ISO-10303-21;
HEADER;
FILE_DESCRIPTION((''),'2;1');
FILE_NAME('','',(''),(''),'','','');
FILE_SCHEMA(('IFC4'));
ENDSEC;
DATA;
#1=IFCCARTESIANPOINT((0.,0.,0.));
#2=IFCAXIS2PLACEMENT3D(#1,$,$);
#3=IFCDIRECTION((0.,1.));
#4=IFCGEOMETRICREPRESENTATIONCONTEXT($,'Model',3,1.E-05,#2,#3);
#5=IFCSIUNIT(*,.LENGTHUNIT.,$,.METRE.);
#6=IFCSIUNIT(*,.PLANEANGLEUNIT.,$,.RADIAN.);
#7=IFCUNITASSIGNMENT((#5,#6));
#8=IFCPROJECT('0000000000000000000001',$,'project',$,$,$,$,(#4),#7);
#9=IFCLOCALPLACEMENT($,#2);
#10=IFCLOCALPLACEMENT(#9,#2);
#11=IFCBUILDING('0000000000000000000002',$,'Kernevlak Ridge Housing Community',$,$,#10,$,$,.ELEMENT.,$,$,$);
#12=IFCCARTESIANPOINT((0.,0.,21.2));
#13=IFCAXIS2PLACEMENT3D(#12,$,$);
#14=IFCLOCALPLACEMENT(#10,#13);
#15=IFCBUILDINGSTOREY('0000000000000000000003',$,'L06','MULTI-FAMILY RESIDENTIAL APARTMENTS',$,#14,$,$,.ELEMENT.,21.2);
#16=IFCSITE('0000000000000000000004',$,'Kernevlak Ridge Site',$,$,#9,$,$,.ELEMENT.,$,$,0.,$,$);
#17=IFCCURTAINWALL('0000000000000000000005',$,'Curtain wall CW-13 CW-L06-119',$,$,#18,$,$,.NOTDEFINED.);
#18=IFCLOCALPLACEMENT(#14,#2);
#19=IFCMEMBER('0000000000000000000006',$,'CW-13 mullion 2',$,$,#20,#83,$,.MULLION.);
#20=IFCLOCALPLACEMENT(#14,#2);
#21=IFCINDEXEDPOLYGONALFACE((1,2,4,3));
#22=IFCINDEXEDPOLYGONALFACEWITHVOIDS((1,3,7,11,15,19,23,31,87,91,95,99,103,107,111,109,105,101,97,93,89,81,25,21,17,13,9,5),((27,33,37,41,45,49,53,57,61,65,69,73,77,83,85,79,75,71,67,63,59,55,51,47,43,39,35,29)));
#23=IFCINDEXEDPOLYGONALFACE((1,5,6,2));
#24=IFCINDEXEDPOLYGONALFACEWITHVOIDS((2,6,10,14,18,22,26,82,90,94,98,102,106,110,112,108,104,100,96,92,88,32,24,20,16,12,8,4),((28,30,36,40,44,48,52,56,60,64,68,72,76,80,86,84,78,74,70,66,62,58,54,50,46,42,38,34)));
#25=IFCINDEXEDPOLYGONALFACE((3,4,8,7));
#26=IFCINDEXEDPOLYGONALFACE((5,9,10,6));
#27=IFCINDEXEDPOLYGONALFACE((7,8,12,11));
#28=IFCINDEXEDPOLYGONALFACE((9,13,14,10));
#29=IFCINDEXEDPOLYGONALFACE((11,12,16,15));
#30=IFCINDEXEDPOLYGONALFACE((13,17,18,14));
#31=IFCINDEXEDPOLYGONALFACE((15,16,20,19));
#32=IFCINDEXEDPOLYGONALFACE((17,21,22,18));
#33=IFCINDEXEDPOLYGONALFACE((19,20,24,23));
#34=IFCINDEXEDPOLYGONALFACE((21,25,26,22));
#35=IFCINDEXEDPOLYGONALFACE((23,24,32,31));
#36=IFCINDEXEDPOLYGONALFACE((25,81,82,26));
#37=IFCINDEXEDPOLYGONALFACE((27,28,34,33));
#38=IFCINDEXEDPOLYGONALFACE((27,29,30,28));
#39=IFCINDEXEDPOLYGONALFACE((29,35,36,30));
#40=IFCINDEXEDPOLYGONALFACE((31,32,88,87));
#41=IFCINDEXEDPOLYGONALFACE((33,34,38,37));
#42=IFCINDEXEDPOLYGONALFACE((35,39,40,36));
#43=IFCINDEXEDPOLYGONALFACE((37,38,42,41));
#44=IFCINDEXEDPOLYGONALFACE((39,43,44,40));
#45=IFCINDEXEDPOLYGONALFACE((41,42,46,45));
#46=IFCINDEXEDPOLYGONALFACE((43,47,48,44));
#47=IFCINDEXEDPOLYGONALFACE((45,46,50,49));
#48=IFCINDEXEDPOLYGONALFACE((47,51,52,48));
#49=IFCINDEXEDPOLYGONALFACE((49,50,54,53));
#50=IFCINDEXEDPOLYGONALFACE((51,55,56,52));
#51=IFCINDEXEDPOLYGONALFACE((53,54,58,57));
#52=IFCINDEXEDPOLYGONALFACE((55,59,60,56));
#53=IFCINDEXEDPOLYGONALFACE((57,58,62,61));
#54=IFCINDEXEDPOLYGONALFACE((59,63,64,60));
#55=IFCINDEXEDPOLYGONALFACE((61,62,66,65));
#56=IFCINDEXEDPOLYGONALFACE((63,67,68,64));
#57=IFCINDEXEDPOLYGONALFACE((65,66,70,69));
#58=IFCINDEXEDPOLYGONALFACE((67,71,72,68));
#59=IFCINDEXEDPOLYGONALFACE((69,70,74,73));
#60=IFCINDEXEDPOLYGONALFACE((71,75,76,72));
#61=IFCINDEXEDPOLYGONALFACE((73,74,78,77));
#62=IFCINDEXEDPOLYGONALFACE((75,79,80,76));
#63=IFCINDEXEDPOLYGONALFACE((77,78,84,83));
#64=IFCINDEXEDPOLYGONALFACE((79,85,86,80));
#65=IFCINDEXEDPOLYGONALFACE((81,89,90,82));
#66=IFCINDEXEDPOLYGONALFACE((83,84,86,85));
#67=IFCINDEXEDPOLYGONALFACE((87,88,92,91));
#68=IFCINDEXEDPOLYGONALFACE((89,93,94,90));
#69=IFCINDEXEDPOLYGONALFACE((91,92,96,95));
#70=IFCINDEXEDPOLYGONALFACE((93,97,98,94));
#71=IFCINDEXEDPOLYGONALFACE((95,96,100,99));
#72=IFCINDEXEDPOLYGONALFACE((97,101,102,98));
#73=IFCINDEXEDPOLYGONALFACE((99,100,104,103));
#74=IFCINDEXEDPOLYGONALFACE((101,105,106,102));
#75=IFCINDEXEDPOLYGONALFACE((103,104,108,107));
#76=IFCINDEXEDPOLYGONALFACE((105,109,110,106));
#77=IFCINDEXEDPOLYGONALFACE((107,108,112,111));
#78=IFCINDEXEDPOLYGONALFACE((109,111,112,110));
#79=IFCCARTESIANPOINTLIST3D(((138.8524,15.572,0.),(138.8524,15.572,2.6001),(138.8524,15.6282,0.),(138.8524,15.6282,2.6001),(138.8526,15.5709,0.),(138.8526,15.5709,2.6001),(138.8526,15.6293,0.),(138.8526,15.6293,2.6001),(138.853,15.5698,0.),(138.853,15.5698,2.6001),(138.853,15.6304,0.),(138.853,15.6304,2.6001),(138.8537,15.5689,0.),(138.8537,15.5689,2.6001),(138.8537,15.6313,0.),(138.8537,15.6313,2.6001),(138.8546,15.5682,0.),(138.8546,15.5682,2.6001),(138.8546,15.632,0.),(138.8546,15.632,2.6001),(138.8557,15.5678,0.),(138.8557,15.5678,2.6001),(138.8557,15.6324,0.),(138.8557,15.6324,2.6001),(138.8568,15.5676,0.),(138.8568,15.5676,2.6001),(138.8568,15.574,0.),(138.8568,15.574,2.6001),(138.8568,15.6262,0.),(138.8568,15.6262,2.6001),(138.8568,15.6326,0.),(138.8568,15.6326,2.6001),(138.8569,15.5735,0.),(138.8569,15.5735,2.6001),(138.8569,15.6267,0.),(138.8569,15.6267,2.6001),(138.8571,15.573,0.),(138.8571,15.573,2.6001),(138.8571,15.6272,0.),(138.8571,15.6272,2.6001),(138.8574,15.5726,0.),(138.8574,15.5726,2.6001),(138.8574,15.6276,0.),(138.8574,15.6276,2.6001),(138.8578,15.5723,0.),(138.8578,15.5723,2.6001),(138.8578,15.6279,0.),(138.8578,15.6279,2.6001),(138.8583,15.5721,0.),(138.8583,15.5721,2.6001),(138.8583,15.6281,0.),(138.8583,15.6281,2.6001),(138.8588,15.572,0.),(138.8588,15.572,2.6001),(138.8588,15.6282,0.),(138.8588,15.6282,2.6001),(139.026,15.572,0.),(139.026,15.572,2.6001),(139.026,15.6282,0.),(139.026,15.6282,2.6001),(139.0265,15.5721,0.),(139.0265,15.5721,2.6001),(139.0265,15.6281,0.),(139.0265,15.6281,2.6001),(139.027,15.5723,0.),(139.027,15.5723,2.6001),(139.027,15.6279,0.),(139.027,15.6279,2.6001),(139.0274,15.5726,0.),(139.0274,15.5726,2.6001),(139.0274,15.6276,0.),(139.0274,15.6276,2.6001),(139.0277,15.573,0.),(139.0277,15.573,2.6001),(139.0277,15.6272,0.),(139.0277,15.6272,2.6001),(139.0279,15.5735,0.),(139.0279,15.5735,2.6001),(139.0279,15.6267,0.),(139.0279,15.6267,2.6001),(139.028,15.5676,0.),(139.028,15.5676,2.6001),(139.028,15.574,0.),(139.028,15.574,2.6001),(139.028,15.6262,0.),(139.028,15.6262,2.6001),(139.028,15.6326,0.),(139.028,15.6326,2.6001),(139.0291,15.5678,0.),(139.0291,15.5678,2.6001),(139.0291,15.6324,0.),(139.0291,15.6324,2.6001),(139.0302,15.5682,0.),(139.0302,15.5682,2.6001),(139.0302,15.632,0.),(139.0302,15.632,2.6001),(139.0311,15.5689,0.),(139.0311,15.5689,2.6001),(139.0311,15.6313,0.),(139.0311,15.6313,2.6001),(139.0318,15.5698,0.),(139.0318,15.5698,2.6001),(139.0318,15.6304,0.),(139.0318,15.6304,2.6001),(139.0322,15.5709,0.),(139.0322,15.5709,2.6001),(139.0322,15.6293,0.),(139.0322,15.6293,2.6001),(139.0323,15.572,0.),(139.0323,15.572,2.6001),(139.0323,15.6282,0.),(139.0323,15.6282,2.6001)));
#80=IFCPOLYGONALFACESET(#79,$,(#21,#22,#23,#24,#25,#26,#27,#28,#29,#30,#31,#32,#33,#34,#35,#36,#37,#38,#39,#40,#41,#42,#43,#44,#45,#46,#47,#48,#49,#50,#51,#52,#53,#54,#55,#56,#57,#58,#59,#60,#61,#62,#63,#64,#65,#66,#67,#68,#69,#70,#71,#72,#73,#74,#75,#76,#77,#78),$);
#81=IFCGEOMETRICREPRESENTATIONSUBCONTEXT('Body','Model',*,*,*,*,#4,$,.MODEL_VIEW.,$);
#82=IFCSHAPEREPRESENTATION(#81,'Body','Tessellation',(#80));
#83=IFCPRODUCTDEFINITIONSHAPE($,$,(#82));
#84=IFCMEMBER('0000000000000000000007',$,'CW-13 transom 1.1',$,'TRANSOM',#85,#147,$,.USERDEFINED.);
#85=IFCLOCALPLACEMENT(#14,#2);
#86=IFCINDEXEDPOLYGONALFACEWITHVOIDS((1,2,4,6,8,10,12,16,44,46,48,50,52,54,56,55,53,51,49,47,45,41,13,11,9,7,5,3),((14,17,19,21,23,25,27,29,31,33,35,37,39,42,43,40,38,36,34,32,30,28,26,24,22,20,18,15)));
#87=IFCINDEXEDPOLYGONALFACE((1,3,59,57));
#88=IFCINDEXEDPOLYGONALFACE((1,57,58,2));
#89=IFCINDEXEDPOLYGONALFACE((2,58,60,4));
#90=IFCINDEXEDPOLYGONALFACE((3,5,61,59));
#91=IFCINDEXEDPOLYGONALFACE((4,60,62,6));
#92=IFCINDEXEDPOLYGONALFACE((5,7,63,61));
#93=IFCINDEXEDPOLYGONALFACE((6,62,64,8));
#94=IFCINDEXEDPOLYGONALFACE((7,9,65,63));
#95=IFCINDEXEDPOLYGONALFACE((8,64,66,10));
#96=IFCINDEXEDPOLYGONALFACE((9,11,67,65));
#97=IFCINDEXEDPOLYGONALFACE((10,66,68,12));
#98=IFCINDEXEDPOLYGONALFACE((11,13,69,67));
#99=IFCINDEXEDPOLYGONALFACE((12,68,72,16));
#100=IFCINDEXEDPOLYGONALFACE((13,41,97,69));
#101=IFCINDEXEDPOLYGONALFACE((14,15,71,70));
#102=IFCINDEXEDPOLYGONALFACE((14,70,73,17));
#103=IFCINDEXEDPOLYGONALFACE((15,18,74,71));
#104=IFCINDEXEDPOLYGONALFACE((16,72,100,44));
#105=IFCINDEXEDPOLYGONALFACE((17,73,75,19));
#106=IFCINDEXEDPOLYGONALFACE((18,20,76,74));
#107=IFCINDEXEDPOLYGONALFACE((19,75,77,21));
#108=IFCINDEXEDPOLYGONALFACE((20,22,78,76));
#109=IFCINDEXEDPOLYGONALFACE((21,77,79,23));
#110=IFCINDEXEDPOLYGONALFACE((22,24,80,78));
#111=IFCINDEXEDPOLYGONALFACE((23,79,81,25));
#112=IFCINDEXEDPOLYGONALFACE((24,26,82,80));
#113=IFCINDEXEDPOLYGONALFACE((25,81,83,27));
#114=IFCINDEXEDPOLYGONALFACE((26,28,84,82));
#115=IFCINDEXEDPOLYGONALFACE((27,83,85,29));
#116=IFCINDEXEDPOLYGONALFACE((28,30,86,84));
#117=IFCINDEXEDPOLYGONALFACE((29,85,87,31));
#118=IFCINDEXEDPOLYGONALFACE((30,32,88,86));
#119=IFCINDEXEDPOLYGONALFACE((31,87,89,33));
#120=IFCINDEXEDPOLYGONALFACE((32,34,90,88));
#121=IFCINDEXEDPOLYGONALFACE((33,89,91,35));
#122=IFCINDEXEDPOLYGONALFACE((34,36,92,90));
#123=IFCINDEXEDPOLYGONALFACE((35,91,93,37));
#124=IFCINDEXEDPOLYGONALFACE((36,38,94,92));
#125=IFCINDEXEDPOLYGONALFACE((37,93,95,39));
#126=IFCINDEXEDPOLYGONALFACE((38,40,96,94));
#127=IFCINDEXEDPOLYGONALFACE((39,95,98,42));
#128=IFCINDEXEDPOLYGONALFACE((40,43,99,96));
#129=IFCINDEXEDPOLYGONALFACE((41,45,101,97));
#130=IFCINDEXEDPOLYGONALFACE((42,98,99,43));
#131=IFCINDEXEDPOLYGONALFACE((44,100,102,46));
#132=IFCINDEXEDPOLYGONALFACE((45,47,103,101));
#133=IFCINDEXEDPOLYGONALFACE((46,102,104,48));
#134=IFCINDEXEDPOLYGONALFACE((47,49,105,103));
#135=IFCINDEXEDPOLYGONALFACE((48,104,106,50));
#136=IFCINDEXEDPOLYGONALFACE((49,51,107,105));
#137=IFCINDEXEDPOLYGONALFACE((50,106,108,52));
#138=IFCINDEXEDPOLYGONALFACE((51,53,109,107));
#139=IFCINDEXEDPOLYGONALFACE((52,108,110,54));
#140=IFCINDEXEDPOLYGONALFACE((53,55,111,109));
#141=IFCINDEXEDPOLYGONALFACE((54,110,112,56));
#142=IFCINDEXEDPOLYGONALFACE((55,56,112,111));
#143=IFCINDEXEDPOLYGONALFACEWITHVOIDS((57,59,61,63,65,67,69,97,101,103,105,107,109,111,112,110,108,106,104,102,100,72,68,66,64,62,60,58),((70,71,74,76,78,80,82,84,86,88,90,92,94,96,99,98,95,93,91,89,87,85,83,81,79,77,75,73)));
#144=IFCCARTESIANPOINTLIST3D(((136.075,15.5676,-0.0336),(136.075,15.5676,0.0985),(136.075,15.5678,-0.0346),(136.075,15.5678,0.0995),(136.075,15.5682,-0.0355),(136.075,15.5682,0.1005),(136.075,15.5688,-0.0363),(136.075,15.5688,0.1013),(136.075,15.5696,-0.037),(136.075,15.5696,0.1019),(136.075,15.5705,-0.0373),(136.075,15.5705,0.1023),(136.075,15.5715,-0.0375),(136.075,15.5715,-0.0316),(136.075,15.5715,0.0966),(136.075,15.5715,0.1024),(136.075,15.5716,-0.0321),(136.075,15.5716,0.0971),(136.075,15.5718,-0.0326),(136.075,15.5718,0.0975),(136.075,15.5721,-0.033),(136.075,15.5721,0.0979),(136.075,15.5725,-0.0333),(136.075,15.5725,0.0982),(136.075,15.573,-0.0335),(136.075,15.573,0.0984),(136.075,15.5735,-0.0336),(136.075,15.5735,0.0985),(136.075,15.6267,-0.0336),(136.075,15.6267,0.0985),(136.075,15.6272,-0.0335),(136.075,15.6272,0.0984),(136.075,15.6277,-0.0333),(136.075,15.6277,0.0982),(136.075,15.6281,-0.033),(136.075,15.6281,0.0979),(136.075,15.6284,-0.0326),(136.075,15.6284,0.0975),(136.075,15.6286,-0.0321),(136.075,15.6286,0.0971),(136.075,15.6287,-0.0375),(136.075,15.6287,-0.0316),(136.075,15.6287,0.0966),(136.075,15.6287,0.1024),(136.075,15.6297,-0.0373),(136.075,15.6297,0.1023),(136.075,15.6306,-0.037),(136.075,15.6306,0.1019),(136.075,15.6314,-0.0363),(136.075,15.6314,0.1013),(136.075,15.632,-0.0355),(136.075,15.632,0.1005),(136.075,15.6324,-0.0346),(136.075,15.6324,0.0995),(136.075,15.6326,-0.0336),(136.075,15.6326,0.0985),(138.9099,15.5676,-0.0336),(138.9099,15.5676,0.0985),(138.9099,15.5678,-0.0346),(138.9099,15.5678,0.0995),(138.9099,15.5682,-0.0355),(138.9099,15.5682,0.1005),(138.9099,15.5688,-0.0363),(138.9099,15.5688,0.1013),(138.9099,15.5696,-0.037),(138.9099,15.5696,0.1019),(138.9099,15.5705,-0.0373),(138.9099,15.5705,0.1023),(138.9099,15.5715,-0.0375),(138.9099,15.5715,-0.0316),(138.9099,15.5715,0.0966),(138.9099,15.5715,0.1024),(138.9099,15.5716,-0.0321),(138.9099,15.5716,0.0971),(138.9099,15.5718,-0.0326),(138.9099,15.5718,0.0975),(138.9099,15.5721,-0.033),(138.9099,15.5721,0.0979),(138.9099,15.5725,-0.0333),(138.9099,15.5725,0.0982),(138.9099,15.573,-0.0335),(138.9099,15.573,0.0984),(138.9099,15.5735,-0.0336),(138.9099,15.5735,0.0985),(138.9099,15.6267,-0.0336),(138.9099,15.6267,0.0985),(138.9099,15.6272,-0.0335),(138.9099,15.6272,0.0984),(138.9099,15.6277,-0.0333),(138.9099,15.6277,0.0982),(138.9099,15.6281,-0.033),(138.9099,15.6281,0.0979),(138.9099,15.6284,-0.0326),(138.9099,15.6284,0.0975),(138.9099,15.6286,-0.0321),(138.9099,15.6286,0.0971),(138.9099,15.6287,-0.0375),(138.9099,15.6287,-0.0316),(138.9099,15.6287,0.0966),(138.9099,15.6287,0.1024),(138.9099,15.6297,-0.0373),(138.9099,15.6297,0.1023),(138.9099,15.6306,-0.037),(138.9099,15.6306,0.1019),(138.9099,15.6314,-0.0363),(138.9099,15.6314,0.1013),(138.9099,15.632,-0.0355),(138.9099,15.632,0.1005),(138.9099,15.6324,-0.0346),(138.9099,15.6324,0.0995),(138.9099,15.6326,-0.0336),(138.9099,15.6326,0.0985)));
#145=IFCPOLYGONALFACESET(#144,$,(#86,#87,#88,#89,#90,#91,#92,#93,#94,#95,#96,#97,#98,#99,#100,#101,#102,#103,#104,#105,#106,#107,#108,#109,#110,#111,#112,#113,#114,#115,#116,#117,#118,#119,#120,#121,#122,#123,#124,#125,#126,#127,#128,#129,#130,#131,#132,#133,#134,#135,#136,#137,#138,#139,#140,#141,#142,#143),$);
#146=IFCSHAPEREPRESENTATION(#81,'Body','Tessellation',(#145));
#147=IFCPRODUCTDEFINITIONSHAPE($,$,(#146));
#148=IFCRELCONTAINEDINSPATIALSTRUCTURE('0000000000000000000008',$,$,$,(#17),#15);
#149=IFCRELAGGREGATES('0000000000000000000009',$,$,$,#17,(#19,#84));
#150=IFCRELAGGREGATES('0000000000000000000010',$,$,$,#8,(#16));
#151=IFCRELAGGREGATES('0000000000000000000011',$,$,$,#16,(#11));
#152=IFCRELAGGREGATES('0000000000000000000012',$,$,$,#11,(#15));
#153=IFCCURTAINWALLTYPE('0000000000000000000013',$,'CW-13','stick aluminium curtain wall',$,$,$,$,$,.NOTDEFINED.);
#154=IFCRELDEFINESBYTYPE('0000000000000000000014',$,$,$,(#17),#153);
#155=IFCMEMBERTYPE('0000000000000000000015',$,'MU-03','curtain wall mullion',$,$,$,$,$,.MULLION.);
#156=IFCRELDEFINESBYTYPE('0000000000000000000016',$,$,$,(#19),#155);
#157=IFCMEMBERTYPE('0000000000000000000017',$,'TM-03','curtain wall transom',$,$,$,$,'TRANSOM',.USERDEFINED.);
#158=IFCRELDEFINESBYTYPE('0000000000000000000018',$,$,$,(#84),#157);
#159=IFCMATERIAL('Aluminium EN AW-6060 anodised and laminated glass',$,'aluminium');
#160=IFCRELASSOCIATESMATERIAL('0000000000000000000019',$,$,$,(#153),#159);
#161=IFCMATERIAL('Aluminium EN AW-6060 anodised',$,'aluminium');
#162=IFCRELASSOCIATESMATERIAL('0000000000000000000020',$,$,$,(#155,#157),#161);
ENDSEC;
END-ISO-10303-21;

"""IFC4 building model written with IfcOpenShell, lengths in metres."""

from ifc_helpers import new_model, si_unit, direction, frame, origin, origin_2d, place, context, subcontext, project, spatial, hollow_rectangle, extrude, material, material_profile, profile_set, type_object, element, aggregate, save


model = new_model("IFC4")

# Units and contexts
model_context = context("Model", 3, precision=1e-05, world=origin(), true_north=direction((0.0, 1.0)))
body_context = subcontext(model_context, "Body", "Model", "MODEL_VIEW")
ifc_project = project(units=[si_unit("LENGTHUNIT", "METRE"), si_unit("PLANEANGLEUNIT", "RADIAN")], contexts=[model_context])

# Site, building, storey
site_placement = place(None, origin())
site = spatial("IfcSite", under=ifc_project, at=site_placement, Name="Kernevlak Ridge Site", CompositionType="ELEMENT", RefElevation=0.0)
building_placement = place(site_placement, origin())
building = spatial("IfcBuilding", under=site, at=building_placement, Name="Kernevlak Ridge Housing Community", CompositionType="ELEMENT")
storey_placement = place(building_placement, frame((0.0, 0.0, 21.2)))
storey = spatial("IfcBuildingStorey", under=building, at=storey_placement, Name="L06", Description="MULTI-FAMILY RESIDENTIAL APARTMENTS", CompositionType="ELEMENT", Elevation=21.2)

# Shared definitions
ifc_material_1 = material(Name="Aluminium EN AW-6060 anodised and laminated glass", Category="aluminium")
ifc_material_2 = material(Name="Aluminium EN AW-6060 anodised", Category="aluminium")

# Curtain wall, members
curtain_wall_type_1 = type_object("IfcCurtainWallType", Name="CW-13", Description="stick aluminium curtain wall", PredefinedType="NOTDEFINED", material=ifc_material_1)
curtain_wall_1_placement = place(storey_placement, origin())
curtain_wall_1 = element("IfcCurtainWall", 1, at=curtain_wall_1_placement, inside=storey, type_object=curtain_wall_type_1, Name="Curtain wall CW-13 CW-L06-119", PredefinedType="NOTDEFINED")
ifc_material_profile_1 = material_profile(ifc_material_2, hollow_rectangle(XDim=0.0649, YDim=0.1799, WallThickness=0.0044, InnerFilletRadius=0.002, OuterFilletRadius=0.0044, at=origin_2d()), Name="ALU 65x180x4.5")
ifc_profile_set_1 = profile_set([ifc_material_profile_1], Name="Aluminium EN AW-6060 anodised")
member_type_1 = type_object("IfcMemberType", Name="MU-03", Description="curtain wall mullion", PredefinedType="MULLION", material=ifc_profile_set_1)
member_1_placement = place(storey_placement, frame((138.9424, 15.6001, 0.0), z_axis=(0.0, 0.0, 1.0), x_axis=(0.0, 1.0, 0.0)))
member_1 = element("IfcMember", 2, at=member_1_placement, type_object=member_type_1, Name="CW-13 mullion 2", PredefinedType="MULLION", context=body_context, shape_type="SweptSolid", body=[
    extrude(hollow_rectangle(XDim=0.0649, YDim=0.1799, WallThickness=0.0044, InnerFilletRadius=0.002, OuterFilletRadius=0.0044, at=origin_2d()), origin(), (0.0, 0.0, 1.0), 2.6001),
])
ifc_material_profile_2 = material_profile(ifc_material_2, hollow_rectangle(XDim=0.0649, YDim=0.1399, WallThickness=0.0039, InnerFilletRadius=0.002, OuterFilletRadius=0.0039, at=origin_2d()), Name="ALU 65x140x4")
ifc_profile_set_2 = profile_set([ifc_material_profile_2], Name="Aluminium EN AW-6060 anodised")
member_type_2 = type_object("IfcMemberType", Name="TM-03", Description="curtain wall transom", ElementType="TRANSOM", PredefinedType="USERDEFINED", material=ifc_profile_set_2)
member_2_placement = place(storey_placement, frame((136.075, 15.6001, 0.0325), z_axis=(1.0, 0.0, 0.0), x_axis=(0.0, 1.0, 0.0)))
member_2 = element("IfcMember", 3, at=member_2_placement, type_object=member_type_2, Name="CW-13 transom 1.1", ObjectType="TRANSOM", PredefinedType="USERDEFINED", context=body_context, shape_type="SweptSolid", body=[
    extrude(hollow_rectangle(XDim=0.0649, YDim=0.1399, WallThickness=0.0039, InnerFilletRadius=0.002, OuterFilletRadius=0.0039, at=origin_2d()), origin(), (0.0, 0.0, 1.0), 2.835),
])
aggregate(curtain_wall_1, [member_1, member_2])

save(model, "model.ifc")
